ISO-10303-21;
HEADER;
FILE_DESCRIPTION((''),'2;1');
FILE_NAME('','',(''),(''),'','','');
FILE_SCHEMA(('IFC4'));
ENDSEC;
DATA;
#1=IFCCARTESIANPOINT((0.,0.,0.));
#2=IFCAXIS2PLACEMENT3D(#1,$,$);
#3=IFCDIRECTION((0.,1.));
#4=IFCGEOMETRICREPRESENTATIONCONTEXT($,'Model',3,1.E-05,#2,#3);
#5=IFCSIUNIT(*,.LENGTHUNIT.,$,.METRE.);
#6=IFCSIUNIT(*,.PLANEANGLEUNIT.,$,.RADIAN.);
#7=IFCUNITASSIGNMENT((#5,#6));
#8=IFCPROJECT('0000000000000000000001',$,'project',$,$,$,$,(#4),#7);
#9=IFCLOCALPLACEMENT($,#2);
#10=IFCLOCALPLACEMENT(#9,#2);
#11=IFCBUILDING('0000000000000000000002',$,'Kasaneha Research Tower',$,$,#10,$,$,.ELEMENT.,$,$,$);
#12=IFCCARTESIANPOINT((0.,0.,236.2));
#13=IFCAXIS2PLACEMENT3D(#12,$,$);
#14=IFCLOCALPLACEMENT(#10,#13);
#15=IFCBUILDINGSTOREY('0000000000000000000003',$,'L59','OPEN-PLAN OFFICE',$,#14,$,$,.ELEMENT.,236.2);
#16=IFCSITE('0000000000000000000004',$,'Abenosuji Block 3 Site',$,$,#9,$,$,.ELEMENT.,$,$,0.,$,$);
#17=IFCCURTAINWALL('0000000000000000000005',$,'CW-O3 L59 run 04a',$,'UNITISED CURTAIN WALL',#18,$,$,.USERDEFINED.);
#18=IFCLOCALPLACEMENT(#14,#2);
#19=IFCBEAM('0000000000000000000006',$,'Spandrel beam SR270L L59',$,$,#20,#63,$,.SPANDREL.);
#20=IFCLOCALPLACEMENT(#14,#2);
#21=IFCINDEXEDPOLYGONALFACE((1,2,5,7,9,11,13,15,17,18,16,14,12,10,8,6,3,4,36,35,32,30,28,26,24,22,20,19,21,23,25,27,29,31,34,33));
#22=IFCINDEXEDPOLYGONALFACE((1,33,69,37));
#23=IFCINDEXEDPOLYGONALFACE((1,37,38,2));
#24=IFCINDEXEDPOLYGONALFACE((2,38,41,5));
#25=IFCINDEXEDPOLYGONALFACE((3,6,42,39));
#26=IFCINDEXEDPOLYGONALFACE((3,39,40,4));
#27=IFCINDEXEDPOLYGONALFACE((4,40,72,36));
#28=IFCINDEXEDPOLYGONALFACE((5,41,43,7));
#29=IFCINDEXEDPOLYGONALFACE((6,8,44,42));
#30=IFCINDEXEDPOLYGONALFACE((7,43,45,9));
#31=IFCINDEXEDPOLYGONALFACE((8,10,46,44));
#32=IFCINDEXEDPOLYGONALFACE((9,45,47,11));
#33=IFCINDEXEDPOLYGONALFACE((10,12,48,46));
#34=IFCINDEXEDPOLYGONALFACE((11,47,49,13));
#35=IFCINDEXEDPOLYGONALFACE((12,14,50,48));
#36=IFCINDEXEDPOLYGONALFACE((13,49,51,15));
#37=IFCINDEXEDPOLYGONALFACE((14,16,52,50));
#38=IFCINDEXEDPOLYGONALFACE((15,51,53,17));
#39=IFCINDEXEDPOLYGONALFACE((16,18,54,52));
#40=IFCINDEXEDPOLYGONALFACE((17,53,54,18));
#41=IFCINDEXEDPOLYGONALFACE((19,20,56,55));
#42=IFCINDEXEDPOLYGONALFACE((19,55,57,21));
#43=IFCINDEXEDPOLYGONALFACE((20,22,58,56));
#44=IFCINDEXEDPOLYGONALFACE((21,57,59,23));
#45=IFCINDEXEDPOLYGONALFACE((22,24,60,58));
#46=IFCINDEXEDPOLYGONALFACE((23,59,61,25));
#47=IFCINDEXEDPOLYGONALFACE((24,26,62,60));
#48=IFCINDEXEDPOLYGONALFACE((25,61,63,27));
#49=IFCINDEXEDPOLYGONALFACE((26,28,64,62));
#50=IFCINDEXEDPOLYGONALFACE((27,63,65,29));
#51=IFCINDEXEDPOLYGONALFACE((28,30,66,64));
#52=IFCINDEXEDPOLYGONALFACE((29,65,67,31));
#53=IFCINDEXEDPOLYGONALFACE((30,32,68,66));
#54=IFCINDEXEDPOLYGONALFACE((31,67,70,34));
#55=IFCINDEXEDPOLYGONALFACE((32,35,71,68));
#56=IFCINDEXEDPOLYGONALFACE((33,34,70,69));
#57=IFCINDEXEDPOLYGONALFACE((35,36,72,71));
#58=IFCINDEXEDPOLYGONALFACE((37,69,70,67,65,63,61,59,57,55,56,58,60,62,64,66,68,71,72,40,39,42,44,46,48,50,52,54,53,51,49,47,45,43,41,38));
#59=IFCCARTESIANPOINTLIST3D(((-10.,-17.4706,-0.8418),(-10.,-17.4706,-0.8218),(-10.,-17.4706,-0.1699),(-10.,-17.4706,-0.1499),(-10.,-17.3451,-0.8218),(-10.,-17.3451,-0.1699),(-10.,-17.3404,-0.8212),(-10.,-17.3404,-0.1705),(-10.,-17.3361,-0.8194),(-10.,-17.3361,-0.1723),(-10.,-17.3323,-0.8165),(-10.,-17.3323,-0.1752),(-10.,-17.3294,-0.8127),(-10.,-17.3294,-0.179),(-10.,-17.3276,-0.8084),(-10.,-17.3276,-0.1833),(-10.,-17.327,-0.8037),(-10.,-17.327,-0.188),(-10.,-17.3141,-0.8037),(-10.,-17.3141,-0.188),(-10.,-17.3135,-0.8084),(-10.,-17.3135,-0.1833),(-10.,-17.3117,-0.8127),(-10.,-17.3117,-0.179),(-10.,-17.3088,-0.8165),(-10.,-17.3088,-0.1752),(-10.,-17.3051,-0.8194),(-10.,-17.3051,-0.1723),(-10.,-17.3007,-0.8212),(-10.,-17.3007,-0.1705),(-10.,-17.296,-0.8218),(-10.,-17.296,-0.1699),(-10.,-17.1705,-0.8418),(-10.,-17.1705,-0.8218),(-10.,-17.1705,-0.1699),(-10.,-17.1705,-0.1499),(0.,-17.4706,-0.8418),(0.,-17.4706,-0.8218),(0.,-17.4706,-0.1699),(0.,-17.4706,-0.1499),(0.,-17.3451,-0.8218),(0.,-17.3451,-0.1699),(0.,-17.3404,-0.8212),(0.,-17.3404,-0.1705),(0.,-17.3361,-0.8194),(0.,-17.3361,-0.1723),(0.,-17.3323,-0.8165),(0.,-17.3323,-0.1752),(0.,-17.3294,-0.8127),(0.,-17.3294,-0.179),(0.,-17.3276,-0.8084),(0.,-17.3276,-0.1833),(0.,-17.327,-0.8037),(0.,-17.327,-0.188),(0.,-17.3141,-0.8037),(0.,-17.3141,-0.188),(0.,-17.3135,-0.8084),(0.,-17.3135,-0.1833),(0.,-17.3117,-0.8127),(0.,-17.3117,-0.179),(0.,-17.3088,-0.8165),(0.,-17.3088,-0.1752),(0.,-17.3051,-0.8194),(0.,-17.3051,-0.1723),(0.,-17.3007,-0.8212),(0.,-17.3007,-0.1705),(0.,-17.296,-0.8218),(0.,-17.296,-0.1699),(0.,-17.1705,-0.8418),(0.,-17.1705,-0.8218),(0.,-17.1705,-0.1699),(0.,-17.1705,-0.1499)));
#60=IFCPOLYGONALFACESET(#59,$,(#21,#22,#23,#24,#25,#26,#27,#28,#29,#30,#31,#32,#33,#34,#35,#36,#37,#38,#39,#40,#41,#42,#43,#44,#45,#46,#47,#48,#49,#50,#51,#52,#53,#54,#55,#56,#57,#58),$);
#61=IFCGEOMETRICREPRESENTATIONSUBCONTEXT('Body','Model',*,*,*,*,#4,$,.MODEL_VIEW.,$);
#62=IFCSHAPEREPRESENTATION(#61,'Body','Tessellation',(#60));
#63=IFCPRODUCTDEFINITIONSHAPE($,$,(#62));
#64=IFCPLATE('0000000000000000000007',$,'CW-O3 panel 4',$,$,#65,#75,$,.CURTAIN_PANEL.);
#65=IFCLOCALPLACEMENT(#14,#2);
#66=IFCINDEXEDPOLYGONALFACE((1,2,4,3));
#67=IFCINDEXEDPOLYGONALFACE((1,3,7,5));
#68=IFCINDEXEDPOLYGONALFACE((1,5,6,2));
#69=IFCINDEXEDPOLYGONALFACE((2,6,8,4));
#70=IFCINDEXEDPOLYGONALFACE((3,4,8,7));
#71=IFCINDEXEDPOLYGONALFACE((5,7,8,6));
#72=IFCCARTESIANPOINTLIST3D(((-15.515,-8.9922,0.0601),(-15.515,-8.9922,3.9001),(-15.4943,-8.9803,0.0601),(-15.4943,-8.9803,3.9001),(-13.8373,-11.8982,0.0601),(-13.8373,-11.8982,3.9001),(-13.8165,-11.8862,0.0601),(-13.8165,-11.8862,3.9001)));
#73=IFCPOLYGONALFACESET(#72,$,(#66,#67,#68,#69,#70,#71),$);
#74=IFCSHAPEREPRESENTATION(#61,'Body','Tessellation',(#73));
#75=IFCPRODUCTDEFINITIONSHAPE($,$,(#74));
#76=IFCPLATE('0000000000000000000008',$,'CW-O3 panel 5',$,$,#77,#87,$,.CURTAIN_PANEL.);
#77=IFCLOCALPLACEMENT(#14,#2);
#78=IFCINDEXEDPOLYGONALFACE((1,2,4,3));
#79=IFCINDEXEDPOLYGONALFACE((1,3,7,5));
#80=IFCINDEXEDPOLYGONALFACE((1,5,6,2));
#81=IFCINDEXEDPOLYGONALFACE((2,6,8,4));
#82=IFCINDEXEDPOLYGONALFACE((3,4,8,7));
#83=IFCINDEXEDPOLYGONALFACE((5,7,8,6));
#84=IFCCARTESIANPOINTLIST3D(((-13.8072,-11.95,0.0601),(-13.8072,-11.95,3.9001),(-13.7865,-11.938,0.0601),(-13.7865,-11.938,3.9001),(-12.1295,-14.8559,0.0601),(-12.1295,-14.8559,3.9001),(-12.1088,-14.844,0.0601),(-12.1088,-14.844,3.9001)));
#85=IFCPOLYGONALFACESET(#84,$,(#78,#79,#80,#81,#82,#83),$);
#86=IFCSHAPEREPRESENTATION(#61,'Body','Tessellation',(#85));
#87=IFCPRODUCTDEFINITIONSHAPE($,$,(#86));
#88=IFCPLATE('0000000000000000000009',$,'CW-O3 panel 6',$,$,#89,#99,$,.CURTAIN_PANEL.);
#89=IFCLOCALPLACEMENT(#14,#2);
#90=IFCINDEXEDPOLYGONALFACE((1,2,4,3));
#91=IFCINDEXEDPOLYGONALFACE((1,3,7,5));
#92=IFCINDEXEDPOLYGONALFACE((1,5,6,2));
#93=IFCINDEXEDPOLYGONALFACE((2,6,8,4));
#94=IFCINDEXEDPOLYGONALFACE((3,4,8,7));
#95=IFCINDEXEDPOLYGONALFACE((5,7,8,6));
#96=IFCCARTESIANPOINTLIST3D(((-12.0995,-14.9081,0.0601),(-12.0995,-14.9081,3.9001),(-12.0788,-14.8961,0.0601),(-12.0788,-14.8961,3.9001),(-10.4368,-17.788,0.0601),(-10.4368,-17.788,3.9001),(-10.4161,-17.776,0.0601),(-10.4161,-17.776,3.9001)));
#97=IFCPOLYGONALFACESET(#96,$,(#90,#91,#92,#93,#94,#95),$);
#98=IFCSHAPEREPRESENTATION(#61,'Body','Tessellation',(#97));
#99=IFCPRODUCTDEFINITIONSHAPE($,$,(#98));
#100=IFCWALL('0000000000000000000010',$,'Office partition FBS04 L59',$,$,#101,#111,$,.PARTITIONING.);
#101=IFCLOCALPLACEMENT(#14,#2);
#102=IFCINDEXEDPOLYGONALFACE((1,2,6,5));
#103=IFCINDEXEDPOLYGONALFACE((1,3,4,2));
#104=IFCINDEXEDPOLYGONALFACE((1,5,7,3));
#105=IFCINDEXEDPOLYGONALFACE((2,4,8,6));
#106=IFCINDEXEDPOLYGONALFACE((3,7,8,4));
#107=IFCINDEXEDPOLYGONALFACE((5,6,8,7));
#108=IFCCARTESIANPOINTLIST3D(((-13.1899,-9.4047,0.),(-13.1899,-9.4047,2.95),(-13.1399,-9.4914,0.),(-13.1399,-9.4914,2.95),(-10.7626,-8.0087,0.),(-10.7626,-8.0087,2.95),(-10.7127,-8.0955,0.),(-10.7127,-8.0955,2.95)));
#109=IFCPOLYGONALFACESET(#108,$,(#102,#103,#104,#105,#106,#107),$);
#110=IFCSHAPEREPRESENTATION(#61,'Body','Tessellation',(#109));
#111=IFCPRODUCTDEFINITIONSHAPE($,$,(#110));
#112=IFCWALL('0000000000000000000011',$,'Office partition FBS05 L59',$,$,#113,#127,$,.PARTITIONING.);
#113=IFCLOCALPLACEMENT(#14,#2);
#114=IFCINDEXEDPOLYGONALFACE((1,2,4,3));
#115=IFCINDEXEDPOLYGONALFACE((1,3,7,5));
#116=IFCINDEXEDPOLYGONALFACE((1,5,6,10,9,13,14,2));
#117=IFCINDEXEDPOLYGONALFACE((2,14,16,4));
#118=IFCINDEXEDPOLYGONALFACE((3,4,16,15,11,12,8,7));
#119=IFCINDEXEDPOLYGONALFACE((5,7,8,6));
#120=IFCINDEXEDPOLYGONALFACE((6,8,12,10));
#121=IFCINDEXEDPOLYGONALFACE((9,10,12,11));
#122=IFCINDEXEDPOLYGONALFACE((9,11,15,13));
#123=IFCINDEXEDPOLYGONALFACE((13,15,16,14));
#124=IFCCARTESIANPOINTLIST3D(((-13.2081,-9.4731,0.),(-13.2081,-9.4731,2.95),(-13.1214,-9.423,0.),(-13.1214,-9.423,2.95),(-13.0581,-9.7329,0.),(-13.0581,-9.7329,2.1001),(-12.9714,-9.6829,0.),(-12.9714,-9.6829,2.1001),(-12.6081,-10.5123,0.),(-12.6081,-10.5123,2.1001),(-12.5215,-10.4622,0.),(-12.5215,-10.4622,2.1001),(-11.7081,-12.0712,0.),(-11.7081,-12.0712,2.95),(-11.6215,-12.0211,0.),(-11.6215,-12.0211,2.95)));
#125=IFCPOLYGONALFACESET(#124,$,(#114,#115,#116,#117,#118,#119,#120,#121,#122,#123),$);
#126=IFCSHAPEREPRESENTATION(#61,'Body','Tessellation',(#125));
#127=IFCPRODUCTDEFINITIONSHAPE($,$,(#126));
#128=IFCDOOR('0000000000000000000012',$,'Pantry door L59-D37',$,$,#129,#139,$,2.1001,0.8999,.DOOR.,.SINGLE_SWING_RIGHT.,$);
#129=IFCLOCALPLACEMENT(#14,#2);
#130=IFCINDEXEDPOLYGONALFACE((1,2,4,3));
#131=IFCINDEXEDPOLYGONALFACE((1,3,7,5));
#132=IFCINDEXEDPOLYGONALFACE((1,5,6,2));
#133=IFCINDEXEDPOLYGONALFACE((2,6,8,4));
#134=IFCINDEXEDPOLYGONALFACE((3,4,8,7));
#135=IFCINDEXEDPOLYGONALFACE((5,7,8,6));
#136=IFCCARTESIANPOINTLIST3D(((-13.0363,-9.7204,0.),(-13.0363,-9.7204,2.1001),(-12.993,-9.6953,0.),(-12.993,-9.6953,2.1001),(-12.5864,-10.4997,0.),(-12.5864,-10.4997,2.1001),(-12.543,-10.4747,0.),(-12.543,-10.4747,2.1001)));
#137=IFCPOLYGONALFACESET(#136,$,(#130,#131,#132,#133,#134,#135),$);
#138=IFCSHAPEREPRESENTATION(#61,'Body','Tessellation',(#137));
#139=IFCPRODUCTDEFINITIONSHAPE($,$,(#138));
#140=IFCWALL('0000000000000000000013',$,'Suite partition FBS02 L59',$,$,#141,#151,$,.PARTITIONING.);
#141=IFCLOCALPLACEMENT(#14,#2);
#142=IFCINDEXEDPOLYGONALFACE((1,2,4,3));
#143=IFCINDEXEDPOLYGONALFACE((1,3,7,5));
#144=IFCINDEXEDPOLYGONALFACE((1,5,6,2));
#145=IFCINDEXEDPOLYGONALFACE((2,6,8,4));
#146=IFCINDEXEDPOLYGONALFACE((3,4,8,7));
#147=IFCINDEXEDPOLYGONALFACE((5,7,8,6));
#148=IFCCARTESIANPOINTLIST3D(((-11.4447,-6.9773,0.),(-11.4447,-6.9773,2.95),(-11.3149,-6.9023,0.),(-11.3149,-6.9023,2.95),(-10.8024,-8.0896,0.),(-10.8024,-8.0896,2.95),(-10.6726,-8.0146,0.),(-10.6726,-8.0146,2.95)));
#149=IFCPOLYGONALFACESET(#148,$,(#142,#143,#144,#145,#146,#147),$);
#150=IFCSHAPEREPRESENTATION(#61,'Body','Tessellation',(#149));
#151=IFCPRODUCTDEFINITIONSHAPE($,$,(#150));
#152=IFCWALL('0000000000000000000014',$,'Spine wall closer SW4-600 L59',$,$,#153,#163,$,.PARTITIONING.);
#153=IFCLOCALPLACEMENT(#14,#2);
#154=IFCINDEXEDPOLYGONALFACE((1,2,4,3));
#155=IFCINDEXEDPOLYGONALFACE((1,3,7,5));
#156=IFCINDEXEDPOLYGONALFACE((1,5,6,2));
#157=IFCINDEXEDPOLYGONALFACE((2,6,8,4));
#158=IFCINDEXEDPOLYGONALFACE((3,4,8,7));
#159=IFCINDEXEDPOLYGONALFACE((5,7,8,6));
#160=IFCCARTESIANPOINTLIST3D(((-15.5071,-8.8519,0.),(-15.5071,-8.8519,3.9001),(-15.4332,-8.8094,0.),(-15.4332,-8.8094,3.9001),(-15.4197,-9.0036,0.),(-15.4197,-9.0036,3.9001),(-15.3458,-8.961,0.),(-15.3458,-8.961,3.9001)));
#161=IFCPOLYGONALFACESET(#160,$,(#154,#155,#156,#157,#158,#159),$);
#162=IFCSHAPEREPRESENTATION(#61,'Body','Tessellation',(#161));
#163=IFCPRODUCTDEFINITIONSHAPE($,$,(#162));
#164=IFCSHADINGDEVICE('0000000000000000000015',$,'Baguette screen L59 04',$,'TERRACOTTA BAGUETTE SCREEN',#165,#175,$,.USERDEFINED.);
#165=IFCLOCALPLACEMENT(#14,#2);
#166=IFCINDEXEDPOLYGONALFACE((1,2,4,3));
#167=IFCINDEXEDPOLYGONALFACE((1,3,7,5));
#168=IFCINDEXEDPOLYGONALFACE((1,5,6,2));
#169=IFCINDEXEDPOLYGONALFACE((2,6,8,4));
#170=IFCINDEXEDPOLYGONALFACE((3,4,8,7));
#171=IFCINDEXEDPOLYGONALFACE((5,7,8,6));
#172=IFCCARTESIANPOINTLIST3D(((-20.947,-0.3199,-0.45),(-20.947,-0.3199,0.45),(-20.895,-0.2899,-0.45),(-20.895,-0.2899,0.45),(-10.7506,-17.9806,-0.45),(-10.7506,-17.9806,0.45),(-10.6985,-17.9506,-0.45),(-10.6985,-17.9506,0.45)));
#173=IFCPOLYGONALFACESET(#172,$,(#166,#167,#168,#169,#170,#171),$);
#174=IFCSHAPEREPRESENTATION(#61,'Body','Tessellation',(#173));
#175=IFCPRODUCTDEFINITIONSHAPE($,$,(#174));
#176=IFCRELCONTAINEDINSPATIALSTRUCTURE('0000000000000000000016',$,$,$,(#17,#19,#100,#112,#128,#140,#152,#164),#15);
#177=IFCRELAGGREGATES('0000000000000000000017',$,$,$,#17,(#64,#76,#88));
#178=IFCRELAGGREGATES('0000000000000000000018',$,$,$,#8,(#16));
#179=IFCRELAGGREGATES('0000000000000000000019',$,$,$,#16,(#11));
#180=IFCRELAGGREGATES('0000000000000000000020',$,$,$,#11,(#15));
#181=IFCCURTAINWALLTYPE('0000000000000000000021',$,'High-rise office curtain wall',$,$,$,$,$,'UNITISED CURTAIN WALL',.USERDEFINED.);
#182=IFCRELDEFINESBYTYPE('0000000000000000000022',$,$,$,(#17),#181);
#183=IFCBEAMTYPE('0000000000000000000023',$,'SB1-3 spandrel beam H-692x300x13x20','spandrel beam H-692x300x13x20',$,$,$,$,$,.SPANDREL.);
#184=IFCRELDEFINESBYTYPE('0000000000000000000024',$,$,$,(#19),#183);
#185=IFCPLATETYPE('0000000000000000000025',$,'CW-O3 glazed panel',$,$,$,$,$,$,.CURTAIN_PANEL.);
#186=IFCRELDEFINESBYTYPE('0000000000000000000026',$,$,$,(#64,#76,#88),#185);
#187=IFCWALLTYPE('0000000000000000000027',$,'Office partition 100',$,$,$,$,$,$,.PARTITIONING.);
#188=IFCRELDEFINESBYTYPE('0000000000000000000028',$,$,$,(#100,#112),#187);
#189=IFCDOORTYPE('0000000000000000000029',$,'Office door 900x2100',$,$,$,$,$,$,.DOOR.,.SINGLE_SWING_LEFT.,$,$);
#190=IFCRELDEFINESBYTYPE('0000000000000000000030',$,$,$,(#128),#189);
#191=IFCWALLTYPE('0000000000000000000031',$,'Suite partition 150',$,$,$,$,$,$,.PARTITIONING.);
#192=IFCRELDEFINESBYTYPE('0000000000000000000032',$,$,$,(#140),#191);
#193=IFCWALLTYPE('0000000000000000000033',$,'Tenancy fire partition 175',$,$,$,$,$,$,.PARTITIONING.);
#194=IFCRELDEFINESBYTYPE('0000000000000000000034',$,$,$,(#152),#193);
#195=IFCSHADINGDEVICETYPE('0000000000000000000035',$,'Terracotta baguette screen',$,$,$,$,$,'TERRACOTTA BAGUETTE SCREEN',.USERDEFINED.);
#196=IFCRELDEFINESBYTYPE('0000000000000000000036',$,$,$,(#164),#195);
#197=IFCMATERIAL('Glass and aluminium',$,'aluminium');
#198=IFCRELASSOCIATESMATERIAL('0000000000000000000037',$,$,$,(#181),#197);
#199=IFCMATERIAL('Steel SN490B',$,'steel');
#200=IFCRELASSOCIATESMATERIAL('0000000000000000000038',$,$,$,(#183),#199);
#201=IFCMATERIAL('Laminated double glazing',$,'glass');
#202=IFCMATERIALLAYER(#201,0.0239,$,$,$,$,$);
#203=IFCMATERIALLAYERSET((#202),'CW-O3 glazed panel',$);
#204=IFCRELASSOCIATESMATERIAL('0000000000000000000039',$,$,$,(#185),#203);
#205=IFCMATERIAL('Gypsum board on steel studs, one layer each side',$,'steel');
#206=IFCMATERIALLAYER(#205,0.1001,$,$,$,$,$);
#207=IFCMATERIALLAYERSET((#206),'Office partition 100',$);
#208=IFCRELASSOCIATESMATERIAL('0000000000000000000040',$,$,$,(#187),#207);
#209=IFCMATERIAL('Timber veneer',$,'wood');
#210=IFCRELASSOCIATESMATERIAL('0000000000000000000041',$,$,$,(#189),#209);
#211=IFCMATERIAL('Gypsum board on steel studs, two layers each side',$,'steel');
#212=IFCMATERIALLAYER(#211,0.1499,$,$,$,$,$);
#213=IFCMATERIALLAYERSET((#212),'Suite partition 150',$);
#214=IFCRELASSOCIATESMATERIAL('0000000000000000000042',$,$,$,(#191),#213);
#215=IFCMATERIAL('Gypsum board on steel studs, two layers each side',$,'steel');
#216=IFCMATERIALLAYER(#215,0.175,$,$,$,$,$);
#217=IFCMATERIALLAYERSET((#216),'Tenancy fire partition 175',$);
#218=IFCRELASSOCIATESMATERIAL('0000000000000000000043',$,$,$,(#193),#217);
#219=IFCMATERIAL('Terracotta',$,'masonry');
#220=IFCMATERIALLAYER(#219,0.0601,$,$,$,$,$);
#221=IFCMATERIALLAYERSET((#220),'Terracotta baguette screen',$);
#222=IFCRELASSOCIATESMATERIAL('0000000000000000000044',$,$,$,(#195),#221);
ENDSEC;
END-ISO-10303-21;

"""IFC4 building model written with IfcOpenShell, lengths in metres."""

from ifc_helpers import new_model, si_unit, direction, frame, frame_2d, origin, origin_2d, place, context, subcontext, project, spatial, rectangle, i_section, extrude, material, layer, layer_set, material_profile, profile_set, type_object, element, fill, aggregate, save


model = new_model("IFC4")

# Units and contexts
model_context = context("Model", 3, precision=1e-05, world=origin(), true_north=direction((0.0, 1.0)))
body_context = subcontext(model_context, "Body", "Model", "MODEL_VIEW")
ifc_project = project(units=[si_unit("LENGTHUNIT", "METRE"), si_unit("PLANEANGLEUNIT", "RADIAN")], contexts=[model_context])

# Site, building, storey
site_placement = place(None, origin())
site = spatial("IfcSite", under=ifc_project, at=site_placement, Name="Abenosuji Block 3 Site", CompositionType="ELEMENT", RefElevation=0.0)
building_placement = place(site_placement, origin())
building = spatial("IfcBuilding", under=site, at=building_placement, Name="Kasaneha Research Tower", CompositionType="ELEMENT")
storey_placement = place(building_placement, frame((0.0, 0.0, 236.2)))
storey = spatial("IfcBuildingStorey", under=building, at=storey_placement, Name="L59", Description="OPEN-PLAN OFFICE", CompositionType="ELEMENT", Elevation=236.2)

# Curtain wall
ifc_material_1 = material(Name="Glass and aluminium", Category="aluminium")
curtain_wall_type = type_object("IfcCurtainWallType", Name="High-rise office curtain wall", ElementType="UNITISED CURTAIN WALL", PredefinedType="USERDEFINED", material=ifc_material_1)
curtain_wall_1_placement = place(storey_placement, origin())
curtain_wall_1 = element("IfcCurtainWall", 1, at=curtain_wall_1_placement, inside=storey, type_object=curtain_wall_type, Name="CW-O3 L59 run 04a", ObjectType="UNITISED CURTAIN WALL", PredefinedType="USERDEFINED")

# Beam
ifc_material_2 = material(Name="Steel SN490B", Category="steel")
ifc_material_profile_1 = material_profile(ifc_material_2, i_section(OverallWidth=0.3, OverallDepth=0.6919, WebThickness=0.0129, FlangeThickness=0.02, FilletRadius=0.0181, at=origin_2d()), Name="H-692x300x13x20")
ifc_profile_set_1 = profile_set([ifc_material_profile_1], Name="Steel SN490B")
beam_type_1 = type_object("IfcBeamType", Name="SB1-3 spandrel beam H-692x300x13x20", Description="spandrel beam H-692x300x13x20", PredefinedType="SPANDREL", material=ifc_profile_set_1)
beam_1_placement = place(storey_placement, frame((-10.0, -17.3206, -0.4958), z_axis=(1.0, 0.0, 0.0), x_axis=(0.0, 1.0, 0.0)))
element("IfcBeam", 2, at=beam_1_placement, inside=storey, type_object=beam_type_1, Name="Spandrel beam SR270L L59", PredefinedType="SPANDREL", context=body_context, shape_type="SweptSolid", body=[
    extrude(i_section(OverallWidth=0.3, OverallDepth=0.6919, WebThickness=0.0129, FlangeThickness=0.02, FilletRadius=0.0181, at=origin_2d()), origin(), (0.0, 0.0, 1.0), 10.0),
])

# Plates
ifc_material_3 = material(Name="Laminated double glazing", Category="glass")
ifc_layer_1 = layer(ifc_material_3, 0.0239)
ifc_layer_set_1 = layer_set([ifc_layer_1], Name="CW-O3 glazed panel")
plate_type = type_object("IfcPlateType", Name="CW-O3 glazed panel", PredefinedType="CURTAIN_PANEL", material=ifc_layer_set_1)
plate_1_placement = place(storey_placement, frame((-14.6658, -10.4392, 0.0601), z_axis=(0.0, 0.0, 1.0), x_axis=(0.5, -0.866025, 0.0)))
plate_1 = element("IfcPlate", 3, at=plate_1_placement, type_object=plate_type, Name="CW-O3 panel 4", PredefinedType="CURTAIN_PANEL", context=body_context, shape_type="SweptSolid", body=[
    extrude(rectangle(XDim=3.3555, YDim=0.0239, at=origin_2d()), origin(), (0.0, 0.0, 1.0), 3.8401),
])
plate_2_placement = place(storey_placement, frame((-12.958, -13.397, 0.0601), z_axis=(0.0, 0.0, 1.0), x_axis=(0.5, -0.866025, 0.0)))
plate_2 = element("IfcPlate", 4, at=plate_2_placement, type_object=plate_type, Name="CW-O3 panel 5", PredefinedType="CURTAIN_PANEL", context=body_context, shape_type="SweptSolid", body=[
    extrude(rectangle(XDim=3.3555, YDim=0.0239, at=origin_2d()), origin(), (0.0, 0.0, 1.0), 3.8401),
])
plate_3_placement = place(storey_placement, frame((-11.2578, -16.342, 0.0601), z_axis=(0.0, 0.0, 1.0), x_axis=(0.5, -0.866025, 0.0)))
plate_3 = element("IfcPlate", 5, at=plate_3_placement, type_object=plate_type, Name="CW-O3 panel 6", PredefinedType="CURTAIN_PANEL", context=body_context, shape_type="SweptSolid", body=[
    extrude(rectangle(XDim=3.3254, YDim=0.0239, at=origin_2d()), origin(), (0.0, 0.0, 1.0), 3.8401),
])
aggregate(curtain_wall_1, [plate_1, plate_2, plate_3])

# Wall
ifc_material_4 = material(Name="Gypsum board on steel studs, one layer each side", Category="steel")
ifc_layer_2 = layer(ifc_material_4, 0.1001)
ifc_layer_set_2 = layer_set([ifc_layer_2], Name="Office partition 100")
wall_type_1 = type_object("IfcWallType", Name="Office partition 100", PredefinedType="PARTITIONING", material=ifc_layer_set_2)
wall_1_placement = place(storey_placement, frame((-13.1648, -9.448, 0.0), z_axis=(0.0, 0.0, 1.0), x_axis=(0.866855, 0.49856, 0.0)))
element("IfcWall", 6, at=wall_1_placement, inside=storey, type_object=wall_type_1, Name="Office partition FBS04 L59", PredefinedType="PARTITIONING", context=body_context, shape_type="SweptSolid", body=[
    extrude(rectangle(XDim=2.8, YDim=0.1001, at=frame_2d((1.3999, 0.0))), origin(), (0.0, 0.0, 1.0), 2.95),
])

# Wall, opening, door
wall_2_placement = place(storey_placement, frame((-11.6648, -12.0461, 0.0), z_axis=(0.0, 0.0, 1.0), x_axis=(-0.49999, 0.866031, 0.0)))
wall_2 = element("IfcWall", 7, at=wall_2_placement, inside=storey, type_object=wall_type_1, Name="Office partition FBS05 L59", PredefinedType="PARTITIONING", context=body_context, shape_type="SweptSolid", body=[
    extrude(rectangle(XDim=3.0, YDim=0.1001, at=frame_2d((1.5, 0.0))), origin(), (0.0, 0.0, 1.0), 2.95),
])
opening_placement = place(wall_2_placement, frame((1.8, 0.0, 0.0)))
opening = element("IfcOpeningElement", 8, at=opening_placement, cuts=wall_2, PredefinedType="OPENING", context=body_context, shape_type="SweptSolid", body=[
    extrude(rectangle(XDim=0.8999, YDim=2.1001, at=frame_2d((0.45, 1.05))), frame((0.0, 0.0601, 0.0), z_axis=(0.0, -1.0, 0.0), x_axis=(1.0, 0.0, 0.0)), (0.0, 0.0, 1.0), 0.1201),
])
ifc_material_5 = material(Name="Timber veneer", Category="wood")
door_type = type_object("IfcDoorType", Name="Office door 900x2100", OperationType="SINGLE_SWING_LEFT", PredefinedType="DOOR", material=ifc_material_5)
door_placement = place(opening_placement, origin())
door = element("IfcDoor", 9, at=door_placement, inside=storey, type_object=door_type, Name="Pantry door L59-D37", OperationType="SINGLE_SWING_RIGHT", OverallHeight=2.1001, OverallWidth=0.8999, PredefinedType="DOOR", context=body_context, shape_type="SweptSolid", body=[
    extrude(rectangle(XDim=0.8999, YDim=2.1001, at=frame_2d((0.45, 1.05))), frame((0.0, 0.0249, 0.0), z_axis=(0.0, -1.0, 0.0), x_axis=(1.0, 0.0, 0.0)), (0.0, 0.0, 1.0), 0.05),
])
fill(opening, door)

# Walls
ifc_material_6 = material(Name="Gypsum board on steel studs, two layers each side", Category="steel")
ifc_layer_3 = layer(ifc_material_6, 0.1499)
ifc_layer_set_3 = layer_set([ifc_layer_3], Name="Suite partition 150")
wall_type_2 = type_object("IfcWallType", Name="Suite partition 150", PredefinedType="PARTITIONING", material=ifc_layer_set_3)
wall_3_placement = place(storey_placement, frame((-10.7375, -8.052, 0.0), z_axis=(0.0, 0.0, 1.0), x_axis=(-0.500084, 0.865977, 0.0)))
element("IfcWall", 10, at=wall_3_placement, inside=storey, type_object=wall_type_2, Name="Suite partition FBS02 L59", PredefinedType="PARTITIONING", context=body_context, shape_type="SweptSolid", body=[
    extrude(rectangle(XDim=1.2844, YDim=0.1499, at=frame_2d((0.6421, 0.0))), origin(), (0.0, 0.0, 1.0), 2.95),
])
ifc_material_7 = material(Name="Gypsum board on steel studs, two layers each side", Category="steel")
ifc_layer_4 = layer(ifc_material_7, 0.175)
ifc_layer_set_4 = layer_set([ifc_layer_4], Name="Tenancy fire partition 175")
wall_type_3 = type_object("IfcWallType", Name="Tenancy fire partition 175", PredefinedType="PARTITIONING", material=ifc_layer_set_4)
wall_4_placement = place(storey_placement, frame((-15.3896, -8.8853, 0.0), z_axis=(0.0, 0.0, 1.0), x_axis=(-0.866472, -0.499226, 0.0)))
element("IfcWall", 11, at=wall_4_placement, inside=storey, type_object=wall_type_3, Name="Spine wall closer SW4-600 L59", PredefinedType="PARTITIONING", context=body_context, shape_type="SweptSolid", body=[
    extrude(rectangle(XDim=0.0852, YDim=0.175, at=frame_2d((0.0425, 0.0))), origin(), (0.0, 0.0, 1.0), 3.9001),
])

# Shading device
ifc_material_8 = material(Name="Terracotta", Category="masonry")
ifc_layer_5 = layer(ifc_material_8, 0.0601)
ifc_layer_set_5 = layer_set([ifc_layer_5], Name="Terracotta baguette screen")
shading_device_type = type_object("IfcShadingDeviceType", Name="Terracotta baguette screen", ElementType="TERRACOTTA BAGUETTE SCREEN", PredefinedType="USERDEFINED", material=ifc_layer_set_5)
shading_device_placement = place(storey_placement, frame((-15.8228, -9.1353, -0.45), z_axis=(0.0, 0.0, 1.0), x_axis=(0.5, -0.866025, 0.0)))
element("IfcShadingDevice", 12, at=shading_device_placement, inside=storey, type_object=shading_device_type, Name="Baguette screen L59 04", ObjectType="TERRACOTTA BAGUETTE SCREEN", PredefinedType="USERDEFINED", context=body_context, shape_type="SweptSolid", body=[
    extrude(rectangle(XDim=20.3928, YDim=0.0601, at=origin_2d()), origin(), (0.0, 0.0, 1.0), 0.8999),
])

save(model, "model.ifc")
